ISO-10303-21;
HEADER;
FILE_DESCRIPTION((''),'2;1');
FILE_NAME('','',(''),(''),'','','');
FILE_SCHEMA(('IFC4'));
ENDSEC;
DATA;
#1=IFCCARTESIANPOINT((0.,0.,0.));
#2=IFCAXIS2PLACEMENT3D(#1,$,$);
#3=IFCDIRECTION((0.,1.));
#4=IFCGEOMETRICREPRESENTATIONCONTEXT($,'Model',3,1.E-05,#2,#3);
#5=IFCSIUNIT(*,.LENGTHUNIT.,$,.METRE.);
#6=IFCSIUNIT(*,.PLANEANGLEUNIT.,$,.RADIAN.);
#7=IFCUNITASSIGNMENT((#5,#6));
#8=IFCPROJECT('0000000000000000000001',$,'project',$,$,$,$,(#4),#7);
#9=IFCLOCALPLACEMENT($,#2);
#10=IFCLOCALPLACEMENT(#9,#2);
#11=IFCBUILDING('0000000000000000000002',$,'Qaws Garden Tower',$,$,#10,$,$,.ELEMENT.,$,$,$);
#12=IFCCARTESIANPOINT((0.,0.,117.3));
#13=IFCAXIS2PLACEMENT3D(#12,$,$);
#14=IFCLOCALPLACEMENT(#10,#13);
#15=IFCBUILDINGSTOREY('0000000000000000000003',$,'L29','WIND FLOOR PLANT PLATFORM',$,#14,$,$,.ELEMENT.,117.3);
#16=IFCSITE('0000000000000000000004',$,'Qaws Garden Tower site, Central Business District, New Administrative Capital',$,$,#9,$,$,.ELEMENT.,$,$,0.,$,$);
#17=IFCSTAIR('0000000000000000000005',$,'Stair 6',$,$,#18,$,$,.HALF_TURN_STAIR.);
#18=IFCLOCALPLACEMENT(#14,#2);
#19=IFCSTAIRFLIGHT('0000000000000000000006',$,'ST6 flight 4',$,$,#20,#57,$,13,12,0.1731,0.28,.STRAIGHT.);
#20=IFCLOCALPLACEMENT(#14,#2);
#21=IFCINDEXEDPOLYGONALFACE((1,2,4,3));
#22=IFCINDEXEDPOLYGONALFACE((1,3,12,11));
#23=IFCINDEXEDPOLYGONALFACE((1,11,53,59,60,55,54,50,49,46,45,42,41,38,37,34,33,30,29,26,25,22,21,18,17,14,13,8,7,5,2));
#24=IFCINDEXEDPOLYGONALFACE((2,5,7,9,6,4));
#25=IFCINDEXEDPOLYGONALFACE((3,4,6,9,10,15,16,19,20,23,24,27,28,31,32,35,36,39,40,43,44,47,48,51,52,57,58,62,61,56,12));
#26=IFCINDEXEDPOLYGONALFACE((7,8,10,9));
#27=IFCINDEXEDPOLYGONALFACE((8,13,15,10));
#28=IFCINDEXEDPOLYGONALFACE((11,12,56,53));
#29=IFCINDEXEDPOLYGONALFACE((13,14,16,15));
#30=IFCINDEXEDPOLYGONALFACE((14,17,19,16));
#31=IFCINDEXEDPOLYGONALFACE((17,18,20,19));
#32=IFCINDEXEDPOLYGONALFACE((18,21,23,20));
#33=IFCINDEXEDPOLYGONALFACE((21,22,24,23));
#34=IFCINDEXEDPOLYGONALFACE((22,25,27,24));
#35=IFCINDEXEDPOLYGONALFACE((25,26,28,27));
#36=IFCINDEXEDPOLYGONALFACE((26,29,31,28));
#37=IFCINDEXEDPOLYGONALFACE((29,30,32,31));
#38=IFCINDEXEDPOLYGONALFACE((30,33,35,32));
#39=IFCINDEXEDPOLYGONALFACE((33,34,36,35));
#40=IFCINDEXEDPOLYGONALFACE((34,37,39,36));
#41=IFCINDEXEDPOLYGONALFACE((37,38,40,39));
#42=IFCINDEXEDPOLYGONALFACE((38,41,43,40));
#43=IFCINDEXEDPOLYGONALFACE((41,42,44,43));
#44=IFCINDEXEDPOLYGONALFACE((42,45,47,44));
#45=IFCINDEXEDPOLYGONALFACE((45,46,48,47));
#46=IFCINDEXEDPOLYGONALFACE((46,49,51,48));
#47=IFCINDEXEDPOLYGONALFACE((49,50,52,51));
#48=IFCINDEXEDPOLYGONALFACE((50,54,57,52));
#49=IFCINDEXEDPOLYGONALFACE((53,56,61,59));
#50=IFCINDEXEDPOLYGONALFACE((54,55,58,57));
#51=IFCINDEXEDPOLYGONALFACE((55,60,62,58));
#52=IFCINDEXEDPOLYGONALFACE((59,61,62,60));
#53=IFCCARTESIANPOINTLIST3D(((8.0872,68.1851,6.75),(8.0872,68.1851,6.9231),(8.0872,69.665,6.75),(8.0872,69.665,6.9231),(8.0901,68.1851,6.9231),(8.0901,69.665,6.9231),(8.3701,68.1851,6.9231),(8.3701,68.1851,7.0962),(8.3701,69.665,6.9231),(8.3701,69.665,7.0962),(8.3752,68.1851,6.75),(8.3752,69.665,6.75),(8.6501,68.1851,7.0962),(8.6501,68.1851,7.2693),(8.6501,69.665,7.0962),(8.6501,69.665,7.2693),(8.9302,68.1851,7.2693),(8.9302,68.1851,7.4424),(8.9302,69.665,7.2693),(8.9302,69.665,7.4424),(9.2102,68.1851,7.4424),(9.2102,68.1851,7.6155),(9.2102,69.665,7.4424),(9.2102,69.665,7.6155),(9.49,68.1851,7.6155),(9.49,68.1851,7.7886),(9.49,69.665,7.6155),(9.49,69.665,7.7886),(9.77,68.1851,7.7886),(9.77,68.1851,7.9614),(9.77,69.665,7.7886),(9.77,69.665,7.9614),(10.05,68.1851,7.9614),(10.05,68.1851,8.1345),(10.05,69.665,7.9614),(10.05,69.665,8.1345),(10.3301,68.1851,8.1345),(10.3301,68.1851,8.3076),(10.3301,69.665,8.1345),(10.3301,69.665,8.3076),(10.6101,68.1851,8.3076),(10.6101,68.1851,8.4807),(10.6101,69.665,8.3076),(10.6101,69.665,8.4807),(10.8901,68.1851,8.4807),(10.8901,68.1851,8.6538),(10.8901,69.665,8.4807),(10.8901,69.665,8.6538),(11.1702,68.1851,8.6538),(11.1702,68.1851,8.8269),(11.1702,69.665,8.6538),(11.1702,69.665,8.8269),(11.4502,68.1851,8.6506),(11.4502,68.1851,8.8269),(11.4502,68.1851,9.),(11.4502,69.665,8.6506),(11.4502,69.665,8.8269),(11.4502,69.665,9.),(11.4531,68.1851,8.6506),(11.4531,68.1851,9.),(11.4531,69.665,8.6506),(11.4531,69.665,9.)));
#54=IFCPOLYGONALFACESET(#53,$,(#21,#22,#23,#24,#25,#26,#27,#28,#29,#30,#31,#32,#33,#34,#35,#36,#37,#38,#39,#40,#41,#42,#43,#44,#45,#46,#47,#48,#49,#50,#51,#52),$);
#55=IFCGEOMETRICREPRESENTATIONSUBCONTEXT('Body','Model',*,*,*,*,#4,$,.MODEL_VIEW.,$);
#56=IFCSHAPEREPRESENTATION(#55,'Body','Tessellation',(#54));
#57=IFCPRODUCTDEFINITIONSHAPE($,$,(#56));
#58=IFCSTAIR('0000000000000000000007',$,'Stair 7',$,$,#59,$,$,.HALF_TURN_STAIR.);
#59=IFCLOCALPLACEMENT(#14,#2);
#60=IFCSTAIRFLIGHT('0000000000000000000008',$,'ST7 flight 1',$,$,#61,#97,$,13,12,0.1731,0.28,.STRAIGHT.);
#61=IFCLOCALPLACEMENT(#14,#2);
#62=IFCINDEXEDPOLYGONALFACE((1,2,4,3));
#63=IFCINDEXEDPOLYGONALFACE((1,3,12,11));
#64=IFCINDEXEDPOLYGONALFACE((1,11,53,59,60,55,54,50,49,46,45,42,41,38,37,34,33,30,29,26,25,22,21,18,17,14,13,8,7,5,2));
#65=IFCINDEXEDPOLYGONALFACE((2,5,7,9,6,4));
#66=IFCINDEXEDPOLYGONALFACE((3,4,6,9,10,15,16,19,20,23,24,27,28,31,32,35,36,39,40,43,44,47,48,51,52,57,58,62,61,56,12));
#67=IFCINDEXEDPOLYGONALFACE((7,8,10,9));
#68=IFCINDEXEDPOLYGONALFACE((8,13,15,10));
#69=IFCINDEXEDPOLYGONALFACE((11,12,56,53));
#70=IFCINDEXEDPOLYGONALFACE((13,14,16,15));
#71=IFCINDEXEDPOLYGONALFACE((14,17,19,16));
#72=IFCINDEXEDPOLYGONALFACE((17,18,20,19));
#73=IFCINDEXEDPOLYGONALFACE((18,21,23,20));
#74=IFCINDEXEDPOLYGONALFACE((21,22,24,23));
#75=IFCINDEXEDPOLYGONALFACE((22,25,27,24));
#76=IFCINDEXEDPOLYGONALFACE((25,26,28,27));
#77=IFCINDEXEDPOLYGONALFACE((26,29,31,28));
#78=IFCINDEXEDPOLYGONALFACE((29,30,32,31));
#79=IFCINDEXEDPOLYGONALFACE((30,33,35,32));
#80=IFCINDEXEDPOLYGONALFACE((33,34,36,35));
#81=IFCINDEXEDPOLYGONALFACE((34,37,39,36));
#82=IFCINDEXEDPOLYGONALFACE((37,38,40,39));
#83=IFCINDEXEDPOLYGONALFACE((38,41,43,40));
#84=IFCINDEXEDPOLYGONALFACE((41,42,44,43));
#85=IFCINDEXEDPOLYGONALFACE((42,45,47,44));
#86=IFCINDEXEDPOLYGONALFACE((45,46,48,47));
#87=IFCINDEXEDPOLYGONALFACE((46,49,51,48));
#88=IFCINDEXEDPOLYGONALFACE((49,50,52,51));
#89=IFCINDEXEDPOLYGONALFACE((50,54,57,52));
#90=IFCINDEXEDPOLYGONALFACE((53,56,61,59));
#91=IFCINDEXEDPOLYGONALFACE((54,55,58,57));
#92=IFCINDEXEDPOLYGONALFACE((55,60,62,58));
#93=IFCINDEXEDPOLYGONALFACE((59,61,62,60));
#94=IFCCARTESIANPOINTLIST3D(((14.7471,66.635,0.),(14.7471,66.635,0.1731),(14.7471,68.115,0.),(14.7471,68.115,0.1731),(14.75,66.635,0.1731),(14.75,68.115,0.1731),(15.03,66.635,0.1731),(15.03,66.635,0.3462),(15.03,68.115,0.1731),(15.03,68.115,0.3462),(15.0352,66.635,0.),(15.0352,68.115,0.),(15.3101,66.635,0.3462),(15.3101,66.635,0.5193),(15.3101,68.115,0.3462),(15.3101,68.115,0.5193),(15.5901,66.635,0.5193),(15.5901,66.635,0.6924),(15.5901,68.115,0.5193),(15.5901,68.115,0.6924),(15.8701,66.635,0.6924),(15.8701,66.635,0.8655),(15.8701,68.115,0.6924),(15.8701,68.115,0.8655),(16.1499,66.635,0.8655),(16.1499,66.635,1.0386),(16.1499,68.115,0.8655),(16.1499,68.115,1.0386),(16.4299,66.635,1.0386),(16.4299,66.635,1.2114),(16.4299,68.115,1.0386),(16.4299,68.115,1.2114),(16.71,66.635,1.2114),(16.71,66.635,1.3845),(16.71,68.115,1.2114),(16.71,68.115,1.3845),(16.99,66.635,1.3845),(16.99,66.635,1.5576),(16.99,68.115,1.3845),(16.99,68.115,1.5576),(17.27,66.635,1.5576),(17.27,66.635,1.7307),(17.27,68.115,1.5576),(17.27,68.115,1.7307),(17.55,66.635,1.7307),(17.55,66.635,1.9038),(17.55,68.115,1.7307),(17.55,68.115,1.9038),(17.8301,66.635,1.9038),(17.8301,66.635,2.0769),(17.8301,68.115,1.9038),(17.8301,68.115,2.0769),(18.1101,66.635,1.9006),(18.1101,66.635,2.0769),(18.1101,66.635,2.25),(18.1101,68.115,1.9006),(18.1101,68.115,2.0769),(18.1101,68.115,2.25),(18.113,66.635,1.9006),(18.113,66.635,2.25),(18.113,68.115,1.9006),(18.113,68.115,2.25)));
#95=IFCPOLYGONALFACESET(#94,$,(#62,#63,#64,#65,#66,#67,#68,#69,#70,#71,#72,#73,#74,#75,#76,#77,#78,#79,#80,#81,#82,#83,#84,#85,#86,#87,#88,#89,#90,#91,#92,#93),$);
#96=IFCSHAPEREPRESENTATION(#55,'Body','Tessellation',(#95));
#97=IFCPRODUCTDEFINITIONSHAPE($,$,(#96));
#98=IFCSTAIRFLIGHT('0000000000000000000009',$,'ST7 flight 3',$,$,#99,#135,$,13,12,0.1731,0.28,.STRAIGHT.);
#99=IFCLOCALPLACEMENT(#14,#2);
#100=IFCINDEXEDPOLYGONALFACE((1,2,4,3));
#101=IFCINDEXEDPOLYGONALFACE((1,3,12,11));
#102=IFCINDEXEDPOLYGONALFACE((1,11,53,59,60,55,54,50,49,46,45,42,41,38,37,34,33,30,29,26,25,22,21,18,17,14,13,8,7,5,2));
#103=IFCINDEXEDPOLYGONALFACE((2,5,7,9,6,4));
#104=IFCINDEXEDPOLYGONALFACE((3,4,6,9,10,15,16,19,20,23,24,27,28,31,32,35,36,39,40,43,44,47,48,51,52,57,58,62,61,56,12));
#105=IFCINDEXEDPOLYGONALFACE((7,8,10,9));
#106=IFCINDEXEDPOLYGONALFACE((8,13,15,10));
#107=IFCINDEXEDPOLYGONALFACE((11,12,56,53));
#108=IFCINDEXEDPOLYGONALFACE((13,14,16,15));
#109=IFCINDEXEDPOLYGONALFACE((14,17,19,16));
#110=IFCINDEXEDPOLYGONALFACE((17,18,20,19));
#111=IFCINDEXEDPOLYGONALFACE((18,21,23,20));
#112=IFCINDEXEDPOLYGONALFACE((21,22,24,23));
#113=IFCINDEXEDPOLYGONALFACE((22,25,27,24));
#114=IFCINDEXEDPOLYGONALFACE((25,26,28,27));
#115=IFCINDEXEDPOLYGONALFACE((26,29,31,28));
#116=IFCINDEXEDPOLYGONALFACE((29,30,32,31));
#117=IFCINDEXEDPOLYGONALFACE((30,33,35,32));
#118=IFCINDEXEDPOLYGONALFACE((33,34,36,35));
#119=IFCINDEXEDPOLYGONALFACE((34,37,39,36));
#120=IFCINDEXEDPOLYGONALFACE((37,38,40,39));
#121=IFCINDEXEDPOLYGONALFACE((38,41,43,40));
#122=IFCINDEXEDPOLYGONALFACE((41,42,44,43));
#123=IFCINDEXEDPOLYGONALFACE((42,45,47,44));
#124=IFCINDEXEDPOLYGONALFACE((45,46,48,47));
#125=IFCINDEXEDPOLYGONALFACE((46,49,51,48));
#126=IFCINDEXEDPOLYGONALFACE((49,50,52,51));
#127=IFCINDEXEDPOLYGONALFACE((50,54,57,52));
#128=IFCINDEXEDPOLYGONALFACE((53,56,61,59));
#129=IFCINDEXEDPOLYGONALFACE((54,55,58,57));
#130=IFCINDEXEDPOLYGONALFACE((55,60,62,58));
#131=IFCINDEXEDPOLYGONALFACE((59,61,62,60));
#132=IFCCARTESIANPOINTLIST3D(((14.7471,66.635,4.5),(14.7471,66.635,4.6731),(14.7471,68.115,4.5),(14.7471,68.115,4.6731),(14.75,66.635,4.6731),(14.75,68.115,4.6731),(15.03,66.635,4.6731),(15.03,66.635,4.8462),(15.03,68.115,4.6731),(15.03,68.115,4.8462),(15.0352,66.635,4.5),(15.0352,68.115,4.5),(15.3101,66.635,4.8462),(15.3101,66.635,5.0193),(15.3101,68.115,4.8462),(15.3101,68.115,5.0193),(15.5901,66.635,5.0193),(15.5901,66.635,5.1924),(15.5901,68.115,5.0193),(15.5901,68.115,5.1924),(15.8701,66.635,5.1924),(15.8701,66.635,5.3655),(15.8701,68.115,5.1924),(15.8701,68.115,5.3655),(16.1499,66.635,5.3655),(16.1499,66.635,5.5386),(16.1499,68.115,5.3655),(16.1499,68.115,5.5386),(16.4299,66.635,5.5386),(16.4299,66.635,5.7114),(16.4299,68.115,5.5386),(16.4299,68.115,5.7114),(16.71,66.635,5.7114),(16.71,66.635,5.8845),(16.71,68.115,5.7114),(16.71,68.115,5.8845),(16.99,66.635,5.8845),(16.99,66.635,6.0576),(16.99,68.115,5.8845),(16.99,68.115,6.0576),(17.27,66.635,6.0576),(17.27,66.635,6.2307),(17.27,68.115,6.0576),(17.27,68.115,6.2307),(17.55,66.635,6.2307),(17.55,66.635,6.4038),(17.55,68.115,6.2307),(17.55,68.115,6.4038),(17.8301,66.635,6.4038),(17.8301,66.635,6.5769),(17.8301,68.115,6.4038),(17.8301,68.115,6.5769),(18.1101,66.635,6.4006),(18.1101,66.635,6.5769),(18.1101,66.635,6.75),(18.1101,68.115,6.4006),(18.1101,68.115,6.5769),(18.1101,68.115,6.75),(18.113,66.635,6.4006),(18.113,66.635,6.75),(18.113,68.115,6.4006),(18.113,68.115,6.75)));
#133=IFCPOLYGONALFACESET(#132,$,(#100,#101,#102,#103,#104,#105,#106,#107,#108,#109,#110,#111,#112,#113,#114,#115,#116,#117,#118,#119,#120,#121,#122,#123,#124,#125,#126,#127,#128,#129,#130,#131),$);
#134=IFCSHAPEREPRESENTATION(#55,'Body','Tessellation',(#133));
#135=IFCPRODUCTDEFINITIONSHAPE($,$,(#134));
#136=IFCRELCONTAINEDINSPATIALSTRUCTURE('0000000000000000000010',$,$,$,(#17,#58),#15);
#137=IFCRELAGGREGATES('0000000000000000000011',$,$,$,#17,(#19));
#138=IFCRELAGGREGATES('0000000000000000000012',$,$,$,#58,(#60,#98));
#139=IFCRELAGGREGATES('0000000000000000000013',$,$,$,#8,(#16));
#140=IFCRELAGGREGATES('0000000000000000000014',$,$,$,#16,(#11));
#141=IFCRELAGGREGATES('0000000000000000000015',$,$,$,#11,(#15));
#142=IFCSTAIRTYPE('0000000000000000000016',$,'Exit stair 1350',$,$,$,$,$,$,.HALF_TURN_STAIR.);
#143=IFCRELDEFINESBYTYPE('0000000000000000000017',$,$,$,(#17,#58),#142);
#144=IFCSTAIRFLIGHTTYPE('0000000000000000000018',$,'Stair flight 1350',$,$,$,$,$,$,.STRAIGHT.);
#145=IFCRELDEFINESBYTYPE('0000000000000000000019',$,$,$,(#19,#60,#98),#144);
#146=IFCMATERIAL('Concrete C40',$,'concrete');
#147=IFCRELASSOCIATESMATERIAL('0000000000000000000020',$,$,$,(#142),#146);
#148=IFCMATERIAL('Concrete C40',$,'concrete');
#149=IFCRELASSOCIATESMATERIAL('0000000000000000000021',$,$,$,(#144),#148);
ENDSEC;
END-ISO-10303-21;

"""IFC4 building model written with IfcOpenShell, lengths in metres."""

from ifc_helpers import new_model, si_unit, direction, frame, origin, place, context, subcontext, project, spatial, polyline, outline, extrude, material, type_object, element, aggregate, save


model = new_model("IFC4")

# Units and contexts
model_context = context("Model", 3, precision=1e-05, world=origin(), true_north=direction((0.0, 1.0)))
body_context = subcontext(model_context, "Body", "Model", "MODEL_VIEW")
ifc_project = project(units=[si_unit("LENGTHUNIT", "METRE"), si_unit("PLANEANGLEUNIT", "RADIAN")], contexts=[model_context])

# Site, building, storey
site_placement = place(None, origin())
site = spatial("IfcSite", under=ifc_project, at=site_placement, Name="Qaws Garden Tower site, Central Business District, New Administrative Capital", CompositionType="ELEMENT", RefElevation=0.0)
building_placement = place(site_placement, origin())
building = spatial("IfcBuilding", under=site, at=building_placement, Name="Qaws Garden Tower", CompositionType="ELEMENT")
storey_placement = place(building_placement, frame((0.0, 0.0, 117.3)))
storey = spatial("IfcBuildingStorey", under=building, at=storey_placement, Name="L29", Description="WIND FLOOR PLANT PLATFORM", CompositionType="ELEMENT", Elevation=117.3)

# Stairs, stair flights
ifc_material_1 = material(Name="Concrete C40", Category="concrete")
stair_type = type_object("IfcStairType", Name="Exit stair 1350", PredefinedType="HALF_TURN_STAIR", material=ifc_material_1)
placement_1 = place(storey_placement, origin())
stair_1 = element("IfcStair", 1, at=placement_1, inside=storey, type_object=stair_type, Name="Stair 6", PredefinedType="HALF_TURN_STAIR")
ifc_material_2 = material(Name="Concrete C40", Category="concrete")
stair_flight_type = type_object("IfcStairFlightType", Name="Stair flight 1350", PredefinedType="STRAIGHT", material=ifc_material_2)
stair_flight_1_placement = place(storey_placement, frame((8.0901, 68.925, 6.75), z_axis=(0.0, 0.0, 1.0), x_axis=(1.0, 0.0, 0.0)))
stair_flight_1 = element("IfcStairFlight", 2, at=stair_flight_1_placement, type_object=stair_flight_type, Name="ST6 flight 4", NumberOfRisers=13, NumberOfTreads=12, PredefinedType="STRAIGHT", RiserHeight=0.1731, TreadLength=0.28, context=body_context, shape_type="SweptSolid", body=[
    extrude(outline(polyline([(-0.0029, 0.0), (-0.0029, 0.1731), (0.0, 0.1731), (0.28, 0.1731), (0.28, 0.3462), (0.5601, 0.3462), (0.5601, 0.5193), (0.8401, 0.5193), (0.8401, 0.6924), (1.1201, 0.6924), (1.1201, 0.8655), (1.3999, 0.8655), (1.3999, 1.0386), (1.6799, 1.0386), (1.6799, 1.2114), (1.96, 1.2114), (1.96, 1.3845), (2.24, 1.3845), (2.24, 1.5576), (2.52, 1.5576), (2.52, 1.7307), (2.8, 1.7307), (2.8, 1.9038), (3.0801, 1.9038), (3.0801, 2.0769), (3.3601, 2.0769), (3.3601, 2.25), (3.363, 2.25), (3.363, 1.9006), (3.3601, 1.9006), (0.2852, 0.0), (-0.0029, 0.0)])), frame((0.0, 0.74, 0.0), z_axis=(0.0, -1.0, 0.0), x_axis=(1.0, 0.0, 0.0)), (0.0, 0.0, 1.0), 1.48),
])
aggregate(stair_1, [stair_flight_1])
stair_2 = element("IfcStair", 3, at=placement_1, inside=storey, type_object=stair_type, Name="Stair 7", PredefinedType="HALF_TURN_STAIR")
stair_flight_2_placement = place(storey_placement, frame((14.75, 67.375, 0.0), z_axis=(0.0, 0.0, 1.0), x_axis=(1.0, 0.0, 0.0)))
stair_flight_2 = element("IfcStairFlight", 4, at=stair_flight_2_placement, type_object=stair_flight_type, Name="ST7 flight 1", NumberOfRisers=13, NumberOfTreads=12, PredefinedType="STRAIGHT", RiserHeight=0.1731, TreadLength=0.28, context=body_context, shape_type="SweptSolid", body=[
    extrude(outline(polyline([(-0.0029, 0.0), (-0.0029, 0.1731), (0.0, 0.1731), (0.28, 0.1731), (0.28, 0.3462), (0.5601, 0.3462), (0.5601, 0.5193), (0.8401, 0.5193), (0.8401, 0.6924), (1.1201, 0.6924), (1.1201, 0.8655), (1.3999, 0.8655), (1.3999, 1.0386), (1.6799, 1.0386), (1.6799, 1.2114), (1.96, 1.2114), (1.96, 1.3845), (2.24, 1.3845), (2.24, 1.5576), (2.52, 1.5576), (2.52, 1.7307), (2.8, 1.7307), (2.8, 1.9038), (3.0801, 1.9038), (3.0801, 2.0769), (3.3601, 2.0769), (3.3601, 2.25), (3.363, 2.25), (3.363, 1.9006), (3.3601, 1.9006), (0.2852, 0.0), (-0.0029, 0.0)])), frame((0.0, 0.74, 0.0), z_axis=(0.0, -1.0, 0.0), x_axis=(1.0, 0.0, 0.0)), (0.0, 0.0, 1.0), 1.48),
])
stair_flight_3_placement = place(storey_placement, frame((14.75, 67.375, 4.5), z_axis=(0.0, 0.0, 1.0), x_axis=(1.0, 0.0, 0.0)))
stair_flight_3 = element("IfcStairFlight", 5, at=stair_flight_3_placement, type_object=stair_flight_type, Name="ST7 flight 3", NumberOfRisers=13, NumberOfTreads=12, PredefinedType="STRAIGHT", RiserHeight=0.1731, TreadLength=0.28, context=body_context, shape_type="SweptSolid", body=[
    extrude(outline(polyline([(-0.0029, 0.0), (-0.0029, 0.1731), (0.0, 0.1731), (0.28, 0.1731), (0.28, 0.3462), (0.5601, 0.3462), (0.5601, 0.5193), (0.8401, 0.5193), (0.8401, 0.6924), (1.1201, 0.6924), (1.1201, 0.8655), (1.3999, 0.8655), (1.3999, 1.0386), (1.6799, 1.0386), (1.6799, 1.2114), (1.96, 1.2114), (1.96, 1.3845), (2.24, 1.3845), (2.24, 1.5576), (2.52, 1.5576), (2.52, 1.7307), (2.8, 1.7307), (2.8, 1.9038), (3.0801, 1.9038), (3.0801, 2.0769), (3.3601, 2.0769), (3.3601, 2.25), (3.363, 2.25), (3.363, 1.9006), (3.3601, 1.9006), (0.2852, 0.0), (-0.0029, 0.0)])), frame((0.0, 0.74, 0.0), z_axis=(0.0, -1.0, 0.0), x_axis=(1.0, 0.0, 0.0)), (0.0, 0.0, 1.0), 1.48),
])
aggregate(stair_2, [stair_flight_2, stair_flight_3])

save(model, "model.ifc")
